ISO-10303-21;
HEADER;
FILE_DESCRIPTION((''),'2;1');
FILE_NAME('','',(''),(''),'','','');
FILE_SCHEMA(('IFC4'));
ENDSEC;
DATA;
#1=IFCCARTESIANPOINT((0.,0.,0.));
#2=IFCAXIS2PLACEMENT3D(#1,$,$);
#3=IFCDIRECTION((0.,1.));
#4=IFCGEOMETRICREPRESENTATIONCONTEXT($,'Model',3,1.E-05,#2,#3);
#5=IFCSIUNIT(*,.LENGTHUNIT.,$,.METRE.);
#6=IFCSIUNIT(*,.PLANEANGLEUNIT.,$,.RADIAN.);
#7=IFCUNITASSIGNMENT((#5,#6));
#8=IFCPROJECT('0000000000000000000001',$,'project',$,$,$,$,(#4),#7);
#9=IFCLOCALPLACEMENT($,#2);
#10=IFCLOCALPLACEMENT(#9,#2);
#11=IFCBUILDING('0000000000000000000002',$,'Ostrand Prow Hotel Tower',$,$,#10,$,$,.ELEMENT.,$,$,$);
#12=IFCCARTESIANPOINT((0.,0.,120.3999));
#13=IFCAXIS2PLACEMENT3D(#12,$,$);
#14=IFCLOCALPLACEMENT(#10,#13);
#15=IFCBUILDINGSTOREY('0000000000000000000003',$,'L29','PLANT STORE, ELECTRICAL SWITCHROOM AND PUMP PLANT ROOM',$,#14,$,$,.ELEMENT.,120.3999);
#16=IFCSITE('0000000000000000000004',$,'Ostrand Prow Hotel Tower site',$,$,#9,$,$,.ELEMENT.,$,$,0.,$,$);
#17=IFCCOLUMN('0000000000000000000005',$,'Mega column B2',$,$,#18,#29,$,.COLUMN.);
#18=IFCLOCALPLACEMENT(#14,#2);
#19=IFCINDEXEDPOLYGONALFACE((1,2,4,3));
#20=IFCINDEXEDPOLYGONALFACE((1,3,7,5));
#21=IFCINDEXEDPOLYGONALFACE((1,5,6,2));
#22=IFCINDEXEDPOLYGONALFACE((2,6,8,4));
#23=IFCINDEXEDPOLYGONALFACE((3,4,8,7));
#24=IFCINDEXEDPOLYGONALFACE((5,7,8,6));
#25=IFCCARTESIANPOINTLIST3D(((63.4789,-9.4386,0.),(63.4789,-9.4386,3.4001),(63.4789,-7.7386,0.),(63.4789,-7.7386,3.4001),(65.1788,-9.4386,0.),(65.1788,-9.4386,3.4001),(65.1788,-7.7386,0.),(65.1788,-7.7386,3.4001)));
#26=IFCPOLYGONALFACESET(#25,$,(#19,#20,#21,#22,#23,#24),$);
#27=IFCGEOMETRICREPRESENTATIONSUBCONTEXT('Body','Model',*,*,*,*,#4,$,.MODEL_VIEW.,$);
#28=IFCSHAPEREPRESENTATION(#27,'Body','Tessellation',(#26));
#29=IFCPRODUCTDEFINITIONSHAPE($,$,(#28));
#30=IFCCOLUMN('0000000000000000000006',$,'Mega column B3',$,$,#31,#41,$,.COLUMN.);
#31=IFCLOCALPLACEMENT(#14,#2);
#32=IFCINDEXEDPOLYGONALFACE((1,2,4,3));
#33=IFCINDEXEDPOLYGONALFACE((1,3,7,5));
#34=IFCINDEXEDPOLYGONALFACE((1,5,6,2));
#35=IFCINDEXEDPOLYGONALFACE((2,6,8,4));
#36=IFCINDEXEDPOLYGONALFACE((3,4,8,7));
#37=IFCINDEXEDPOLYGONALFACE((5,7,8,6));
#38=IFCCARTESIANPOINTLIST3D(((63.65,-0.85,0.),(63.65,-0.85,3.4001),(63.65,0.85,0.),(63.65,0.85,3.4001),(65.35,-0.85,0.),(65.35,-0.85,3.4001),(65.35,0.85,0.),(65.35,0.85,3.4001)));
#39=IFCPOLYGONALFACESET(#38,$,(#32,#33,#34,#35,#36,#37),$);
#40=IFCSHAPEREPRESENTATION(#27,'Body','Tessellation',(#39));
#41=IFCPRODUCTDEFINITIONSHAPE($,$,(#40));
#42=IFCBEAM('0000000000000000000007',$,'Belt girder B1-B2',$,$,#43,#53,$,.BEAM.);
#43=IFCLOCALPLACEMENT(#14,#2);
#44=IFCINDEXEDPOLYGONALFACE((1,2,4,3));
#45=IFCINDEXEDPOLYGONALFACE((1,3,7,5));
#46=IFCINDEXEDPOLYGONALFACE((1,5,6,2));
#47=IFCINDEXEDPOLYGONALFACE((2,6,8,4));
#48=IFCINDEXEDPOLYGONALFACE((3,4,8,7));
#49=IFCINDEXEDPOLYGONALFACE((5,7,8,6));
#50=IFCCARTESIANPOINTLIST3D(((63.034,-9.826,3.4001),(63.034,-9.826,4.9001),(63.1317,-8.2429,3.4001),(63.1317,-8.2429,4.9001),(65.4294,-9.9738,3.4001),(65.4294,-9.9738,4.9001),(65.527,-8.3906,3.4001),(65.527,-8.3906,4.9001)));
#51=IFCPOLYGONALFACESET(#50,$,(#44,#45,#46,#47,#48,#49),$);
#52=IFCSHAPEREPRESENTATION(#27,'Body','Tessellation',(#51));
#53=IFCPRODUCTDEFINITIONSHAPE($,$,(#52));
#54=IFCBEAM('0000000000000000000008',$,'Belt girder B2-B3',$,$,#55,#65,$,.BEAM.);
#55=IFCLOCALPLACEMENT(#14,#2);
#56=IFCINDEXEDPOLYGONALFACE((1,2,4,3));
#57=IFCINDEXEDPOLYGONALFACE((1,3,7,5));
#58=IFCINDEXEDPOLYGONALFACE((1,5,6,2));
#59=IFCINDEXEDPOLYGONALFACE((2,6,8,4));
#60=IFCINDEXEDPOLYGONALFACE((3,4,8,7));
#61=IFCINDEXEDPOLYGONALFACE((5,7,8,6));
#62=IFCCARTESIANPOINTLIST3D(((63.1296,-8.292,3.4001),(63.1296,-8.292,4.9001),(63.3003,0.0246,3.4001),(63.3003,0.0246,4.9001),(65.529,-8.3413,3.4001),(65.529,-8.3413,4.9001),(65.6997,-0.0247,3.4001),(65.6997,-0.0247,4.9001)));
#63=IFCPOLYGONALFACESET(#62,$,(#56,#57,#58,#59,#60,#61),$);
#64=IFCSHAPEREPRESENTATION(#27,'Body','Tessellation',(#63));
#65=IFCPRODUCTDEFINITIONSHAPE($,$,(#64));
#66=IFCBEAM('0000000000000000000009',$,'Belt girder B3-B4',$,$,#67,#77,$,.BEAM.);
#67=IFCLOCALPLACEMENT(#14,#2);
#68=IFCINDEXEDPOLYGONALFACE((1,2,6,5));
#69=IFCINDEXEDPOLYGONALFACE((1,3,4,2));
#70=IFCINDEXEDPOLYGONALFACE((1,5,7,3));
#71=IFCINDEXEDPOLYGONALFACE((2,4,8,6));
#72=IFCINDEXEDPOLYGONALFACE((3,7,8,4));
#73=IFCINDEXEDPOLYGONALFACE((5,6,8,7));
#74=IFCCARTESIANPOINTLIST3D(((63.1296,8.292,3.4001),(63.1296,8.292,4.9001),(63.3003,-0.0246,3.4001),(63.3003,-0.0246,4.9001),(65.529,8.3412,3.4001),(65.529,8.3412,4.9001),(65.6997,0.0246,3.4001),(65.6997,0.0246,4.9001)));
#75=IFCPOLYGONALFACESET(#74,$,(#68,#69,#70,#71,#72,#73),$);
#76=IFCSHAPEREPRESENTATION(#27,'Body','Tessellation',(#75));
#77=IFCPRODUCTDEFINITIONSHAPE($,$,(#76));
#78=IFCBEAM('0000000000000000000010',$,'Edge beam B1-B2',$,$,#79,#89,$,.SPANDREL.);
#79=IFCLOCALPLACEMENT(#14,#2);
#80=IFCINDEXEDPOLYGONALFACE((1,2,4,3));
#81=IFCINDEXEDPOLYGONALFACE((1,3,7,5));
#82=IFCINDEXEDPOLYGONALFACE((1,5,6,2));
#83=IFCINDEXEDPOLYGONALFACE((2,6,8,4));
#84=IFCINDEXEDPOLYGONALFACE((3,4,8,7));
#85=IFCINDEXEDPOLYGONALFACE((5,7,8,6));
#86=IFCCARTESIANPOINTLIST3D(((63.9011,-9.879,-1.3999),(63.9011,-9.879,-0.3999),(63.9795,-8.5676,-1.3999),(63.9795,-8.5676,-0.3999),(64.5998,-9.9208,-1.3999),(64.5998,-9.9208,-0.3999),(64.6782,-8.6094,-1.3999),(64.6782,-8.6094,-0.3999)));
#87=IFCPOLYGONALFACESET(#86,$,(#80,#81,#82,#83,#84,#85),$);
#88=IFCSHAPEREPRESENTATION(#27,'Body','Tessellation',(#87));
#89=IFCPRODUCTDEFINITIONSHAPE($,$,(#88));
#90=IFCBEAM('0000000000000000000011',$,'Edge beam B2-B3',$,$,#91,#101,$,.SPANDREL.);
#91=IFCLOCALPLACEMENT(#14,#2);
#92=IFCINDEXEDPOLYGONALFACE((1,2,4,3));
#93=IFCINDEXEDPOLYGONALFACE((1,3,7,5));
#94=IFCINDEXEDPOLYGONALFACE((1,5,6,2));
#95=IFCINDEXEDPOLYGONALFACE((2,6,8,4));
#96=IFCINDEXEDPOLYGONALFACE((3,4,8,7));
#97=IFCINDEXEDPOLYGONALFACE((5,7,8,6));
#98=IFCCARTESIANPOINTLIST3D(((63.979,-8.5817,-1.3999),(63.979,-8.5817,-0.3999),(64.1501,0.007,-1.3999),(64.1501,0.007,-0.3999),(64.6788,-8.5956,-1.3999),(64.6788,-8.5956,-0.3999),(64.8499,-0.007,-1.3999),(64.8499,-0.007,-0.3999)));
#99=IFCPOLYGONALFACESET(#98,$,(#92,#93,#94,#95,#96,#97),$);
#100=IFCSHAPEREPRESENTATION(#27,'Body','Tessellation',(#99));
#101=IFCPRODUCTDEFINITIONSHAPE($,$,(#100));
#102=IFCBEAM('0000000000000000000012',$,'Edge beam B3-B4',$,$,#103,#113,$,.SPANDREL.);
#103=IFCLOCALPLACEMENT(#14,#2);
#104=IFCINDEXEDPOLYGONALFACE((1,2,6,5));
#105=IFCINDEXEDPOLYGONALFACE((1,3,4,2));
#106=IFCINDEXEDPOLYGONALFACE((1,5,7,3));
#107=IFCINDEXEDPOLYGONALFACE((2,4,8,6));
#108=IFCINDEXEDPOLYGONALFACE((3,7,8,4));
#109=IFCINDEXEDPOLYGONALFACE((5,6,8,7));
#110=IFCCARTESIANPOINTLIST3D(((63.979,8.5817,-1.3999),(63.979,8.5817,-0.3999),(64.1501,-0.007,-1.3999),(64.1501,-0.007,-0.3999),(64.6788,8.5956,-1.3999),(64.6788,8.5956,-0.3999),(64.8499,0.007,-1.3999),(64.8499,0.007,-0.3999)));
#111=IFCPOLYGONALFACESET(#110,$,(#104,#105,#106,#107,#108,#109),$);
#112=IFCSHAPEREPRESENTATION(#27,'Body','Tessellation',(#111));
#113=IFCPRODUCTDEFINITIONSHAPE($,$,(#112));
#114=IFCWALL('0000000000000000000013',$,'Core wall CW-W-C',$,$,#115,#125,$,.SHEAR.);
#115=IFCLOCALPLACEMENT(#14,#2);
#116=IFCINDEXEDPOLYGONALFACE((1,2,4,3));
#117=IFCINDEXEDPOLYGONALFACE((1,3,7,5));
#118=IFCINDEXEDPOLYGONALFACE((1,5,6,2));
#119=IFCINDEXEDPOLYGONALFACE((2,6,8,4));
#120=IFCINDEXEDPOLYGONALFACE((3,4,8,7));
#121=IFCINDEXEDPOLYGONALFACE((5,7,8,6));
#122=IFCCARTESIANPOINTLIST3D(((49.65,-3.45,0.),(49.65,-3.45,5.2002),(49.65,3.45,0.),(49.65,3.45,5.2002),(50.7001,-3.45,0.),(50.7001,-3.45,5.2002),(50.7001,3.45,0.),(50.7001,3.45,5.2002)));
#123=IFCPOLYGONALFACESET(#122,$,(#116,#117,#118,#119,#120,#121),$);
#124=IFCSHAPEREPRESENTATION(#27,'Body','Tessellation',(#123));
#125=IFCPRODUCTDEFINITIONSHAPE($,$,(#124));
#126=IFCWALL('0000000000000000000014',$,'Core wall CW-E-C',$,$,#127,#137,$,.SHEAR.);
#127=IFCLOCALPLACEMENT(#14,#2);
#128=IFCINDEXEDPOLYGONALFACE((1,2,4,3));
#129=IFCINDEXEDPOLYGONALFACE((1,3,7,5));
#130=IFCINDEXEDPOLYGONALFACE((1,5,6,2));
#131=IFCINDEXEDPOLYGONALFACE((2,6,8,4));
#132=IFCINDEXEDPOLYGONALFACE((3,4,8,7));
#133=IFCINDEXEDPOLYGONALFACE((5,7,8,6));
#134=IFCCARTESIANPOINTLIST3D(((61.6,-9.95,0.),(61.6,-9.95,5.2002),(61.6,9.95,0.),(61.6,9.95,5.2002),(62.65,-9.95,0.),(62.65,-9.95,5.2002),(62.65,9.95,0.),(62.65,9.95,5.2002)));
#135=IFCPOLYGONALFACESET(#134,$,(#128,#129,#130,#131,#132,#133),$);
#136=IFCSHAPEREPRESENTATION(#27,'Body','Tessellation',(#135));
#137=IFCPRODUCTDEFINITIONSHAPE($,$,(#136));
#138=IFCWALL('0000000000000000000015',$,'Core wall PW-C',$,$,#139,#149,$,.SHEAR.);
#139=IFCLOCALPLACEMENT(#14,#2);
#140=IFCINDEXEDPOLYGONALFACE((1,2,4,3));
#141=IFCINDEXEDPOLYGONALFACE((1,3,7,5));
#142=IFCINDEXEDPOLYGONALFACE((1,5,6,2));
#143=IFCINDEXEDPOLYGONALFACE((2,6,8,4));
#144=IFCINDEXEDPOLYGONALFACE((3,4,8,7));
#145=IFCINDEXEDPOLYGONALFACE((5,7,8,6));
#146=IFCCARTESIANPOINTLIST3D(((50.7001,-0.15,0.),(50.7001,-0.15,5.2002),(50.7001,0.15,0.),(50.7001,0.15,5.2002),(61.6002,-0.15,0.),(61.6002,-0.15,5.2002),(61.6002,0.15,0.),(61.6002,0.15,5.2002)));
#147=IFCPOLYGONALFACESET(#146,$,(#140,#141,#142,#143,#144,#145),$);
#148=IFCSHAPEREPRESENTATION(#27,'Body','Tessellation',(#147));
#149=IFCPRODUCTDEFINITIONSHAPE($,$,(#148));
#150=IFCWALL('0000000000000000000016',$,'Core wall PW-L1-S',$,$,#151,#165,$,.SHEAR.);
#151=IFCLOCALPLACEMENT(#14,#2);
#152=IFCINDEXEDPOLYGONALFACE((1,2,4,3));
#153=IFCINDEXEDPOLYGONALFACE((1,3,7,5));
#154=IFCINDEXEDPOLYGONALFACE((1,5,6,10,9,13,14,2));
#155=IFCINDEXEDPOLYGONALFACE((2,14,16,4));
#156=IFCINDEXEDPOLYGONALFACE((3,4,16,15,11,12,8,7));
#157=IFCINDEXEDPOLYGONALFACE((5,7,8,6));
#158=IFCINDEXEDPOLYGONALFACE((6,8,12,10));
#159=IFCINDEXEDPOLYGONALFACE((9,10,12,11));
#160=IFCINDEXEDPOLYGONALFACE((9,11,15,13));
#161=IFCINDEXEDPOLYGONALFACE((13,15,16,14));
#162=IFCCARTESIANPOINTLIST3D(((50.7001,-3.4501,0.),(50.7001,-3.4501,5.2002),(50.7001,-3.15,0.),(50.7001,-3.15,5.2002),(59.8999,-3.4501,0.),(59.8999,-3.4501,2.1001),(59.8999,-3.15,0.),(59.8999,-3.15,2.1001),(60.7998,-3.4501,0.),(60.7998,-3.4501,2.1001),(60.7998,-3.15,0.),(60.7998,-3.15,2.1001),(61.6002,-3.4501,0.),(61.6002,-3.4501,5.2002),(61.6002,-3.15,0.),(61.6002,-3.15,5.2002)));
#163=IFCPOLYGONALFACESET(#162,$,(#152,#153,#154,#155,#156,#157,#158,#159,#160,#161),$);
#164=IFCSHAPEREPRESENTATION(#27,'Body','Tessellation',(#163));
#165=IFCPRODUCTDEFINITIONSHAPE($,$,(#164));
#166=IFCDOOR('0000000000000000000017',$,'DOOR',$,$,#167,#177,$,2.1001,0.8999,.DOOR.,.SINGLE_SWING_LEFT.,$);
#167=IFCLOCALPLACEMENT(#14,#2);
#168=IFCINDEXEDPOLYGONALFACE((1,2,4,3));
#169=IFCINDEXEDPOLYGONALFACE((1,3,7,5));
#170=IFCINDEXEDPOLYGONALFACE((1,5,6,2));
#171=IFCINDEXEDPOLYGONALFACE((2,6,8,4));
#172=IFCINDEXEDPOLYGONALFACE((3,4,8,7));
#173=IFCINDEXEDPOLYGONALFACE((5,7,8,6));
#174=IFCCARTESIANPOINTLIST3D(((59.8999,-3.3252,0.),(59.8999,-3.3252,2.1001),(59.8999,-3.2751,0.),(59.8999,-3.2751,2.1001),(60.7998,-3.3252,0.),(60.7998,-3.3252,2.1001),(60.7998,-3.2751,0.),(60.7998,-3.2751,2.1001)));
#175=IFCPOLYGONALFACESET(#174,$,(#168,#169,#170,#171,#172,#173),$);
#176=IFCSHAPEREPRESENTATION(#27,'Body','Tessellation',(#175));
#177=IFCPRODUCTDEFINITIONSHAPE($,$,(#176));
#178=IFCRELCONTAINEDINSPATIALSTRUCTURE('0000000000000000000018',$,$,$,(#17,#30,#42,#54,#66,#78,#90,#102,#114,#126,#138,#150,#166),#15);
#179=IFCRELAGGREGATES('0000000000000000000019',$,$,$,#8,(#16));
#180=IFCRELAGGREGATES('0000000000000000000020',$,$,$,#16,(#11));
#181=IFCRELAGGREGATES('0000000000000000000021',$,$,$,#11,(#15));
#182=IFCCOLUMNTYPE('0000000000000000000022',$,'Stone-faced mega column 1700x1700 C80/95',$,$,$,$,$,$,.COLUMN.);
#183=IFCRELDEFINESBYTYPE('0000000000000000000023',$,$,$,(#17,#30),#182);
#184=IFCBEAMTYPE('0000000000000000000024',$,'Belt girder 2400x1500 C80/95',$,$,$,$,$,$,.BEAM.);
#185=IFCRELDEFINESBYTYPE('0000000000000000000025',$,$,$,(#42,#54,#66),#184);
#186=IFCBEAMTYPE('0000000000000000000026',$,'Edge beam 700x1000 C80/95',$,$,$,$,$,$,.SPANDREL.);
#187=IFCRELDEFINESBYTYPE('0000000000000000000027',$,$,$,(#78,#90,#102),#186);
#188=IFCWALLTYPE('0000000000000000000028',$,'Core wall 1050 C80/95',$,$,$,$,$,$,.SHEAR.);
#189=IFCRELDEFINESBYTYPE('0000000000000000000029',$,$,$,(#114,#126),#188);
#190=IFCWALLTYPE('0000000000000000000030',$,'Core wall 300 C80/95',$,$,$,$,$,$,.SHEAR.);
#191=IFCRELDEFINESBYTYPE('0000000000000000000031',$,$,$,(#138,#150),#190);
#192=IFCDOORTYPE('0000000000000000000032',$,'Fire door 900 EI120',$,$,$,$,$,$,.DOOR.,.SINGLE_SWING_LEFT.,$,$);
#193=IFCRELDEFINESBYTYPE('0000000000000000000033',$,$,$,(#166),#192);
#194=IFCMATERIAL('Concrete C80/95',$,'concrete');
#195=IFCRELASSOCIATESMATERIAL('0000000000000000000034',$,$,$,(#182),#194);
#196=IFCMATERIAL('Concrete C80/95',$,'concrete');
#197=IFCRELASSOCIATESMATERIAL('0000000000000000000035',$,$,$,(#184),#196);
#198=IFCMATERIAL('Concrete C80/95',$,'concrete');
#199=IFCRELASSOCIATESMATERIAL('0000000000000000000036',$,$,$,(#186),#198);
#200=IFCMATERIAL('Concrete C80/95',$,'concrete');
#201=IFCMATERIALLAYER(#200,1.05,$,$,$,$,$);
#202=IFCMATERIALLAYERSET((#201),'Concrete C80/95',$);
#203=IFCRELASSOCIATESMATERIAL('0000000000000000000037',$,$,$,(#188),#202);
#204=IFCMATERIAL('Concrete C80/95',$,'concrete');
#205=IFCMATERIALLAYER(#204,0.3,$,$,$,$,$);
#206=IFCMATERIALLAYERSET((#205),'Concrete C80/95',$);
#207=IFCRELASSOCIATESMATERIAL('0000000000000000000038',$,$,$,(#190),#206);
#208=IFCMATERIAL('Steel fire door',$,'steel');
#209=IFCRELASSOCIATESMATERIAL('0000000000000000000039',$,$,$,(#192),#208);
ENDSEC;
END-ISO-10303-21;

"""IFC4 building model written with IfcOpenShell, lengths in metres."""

from ifc_helpers import new_model, si_unit, direction, frame, frame_2d, origin, origin_2d, place, context, subcontext, project, spatial, rectangle, extrude, material, layer, layer_set, material_profile, profile_set, type_object, element, fill, save


model = new_model("IFC4")

# Units and contexts
model_context = context("Model", 3, precision=1e-05, world=origin(), true_north=direction((0.0, 1.0)))
body_context = subcontext(model_context, "Body", "Model", "MODEL_VIEW")
ifc_project = project(units=[si_unit("LENGTHUNIT", "METRE"), si_unit("PLANEANGLEUNIT", "RADIAN")], contexts=[model_context])

# Site, building, storey
site_placement = place(None, origin())
site = spatial("IfcSite", under=ifc_project, at=site_placement, Name="Ostrand Prow Hotel Tower site", CompositionType="ELEMENT", RefElevation=0.0)
building_placement = place(site_placement, origin())
building = spatial("IfcBuilding", under=site, at=building_placement, Name="Ostrand Prow Hotel Tower", CompositionType="ELEMENT")
storey_placement = place(building_placement, frame((0.0, 0.0, 120.3999)))
storey = spatial("IfcBuildingStorey", under=building, at=storey_placement, Name="L29", Description="PLANT STORE, ELECTRICAL SWITCHROOM AND PUMP PLANT ROOM", CompositionType="ELEMENT", Elevation=120.3999)

# Columns
ifc_material_1 = material(Name="Concrete C80/95", Category="concrete")
ifc_material_profile_1 = material_profile(ifc_material_1, rectangle(XDim=1.7, YDim=1.7, at=origin_2d()), Name="RC 1700x1700")
ifc_profile_set_1 = profile_set([ifc_material_profile_1], Name="Concrete C80/95")
column_type = type_object("IfcColumnType", Name="Stone-faced mega column 1700x1700 C80/95", PredefinedType="COLUMN", material=ifc_profile_set_1)
for number, where, z_axis, x_axis, name in (
    (1, (64.3289, -8.5886, 0.0), (0.0, 0.0, 1.0), (1.0, 0.0, 0.0), "Mega column B2"),
    (2, (64.5, 0.0, 0.0), (0.0, 0.0, 1.0), (1.0, 0.0, 0.0), "Mega column B3"),
):
    element("IfcColumn", number, at=place(storey_placement, frame(where, z_axis=z_axis, x_axis=x_axis)), inside=storey, type_object=column_type, Name=name, PredefinedType="COLUMN", context=body_context, shape_type="SweptSolid", body=[
        extrude(rectangle(XDim=1.7, YDim=1.7, at=origin_2d()), origin(), (0.0, 0.0, 1.0), 3.4001),
    ])

# Beams
ifc_material_2 = material(Name="Concrete C80/95", Category="concrete")
ifc_material_profile_2 = material_profile(ifc_material_2, rectangle(XDim=2.3999, YDim=1.5, at=origin_2d()), Name="RC 2400x1500")
ifc_profile_set_2 = profile_set([ifc_material_profile_2], Name="Concrete C80/95")
beam_type_1 = type_object("IfcBeamType", Name="Belt girder 2400x1500 C80/95", PredefinedType="BEAM", material=ifc_profile_set_2)
beam_1_placement = place(storey_placement, frame((64.2317, -9.8999, 4.1501), z_axis=(0.061564, 0.998103, 0.0), x_axis=(-0.998103, 0.061564, 0.0)))
element("IfcBeam", 3, at=beam_1_placement, inside=storey, type_object=beam_type_1, Name="Belt girder B1-B2", PredefinedType="BEAM", context=body_context, shape_type="SweptSolid", body=[
    extrude(rectangle(XDim=2.3999, YDim=1.5, at=origin_2d()), origin(), (0.0, 0.0, 1.0), 1.5862),
])
for number, where, z_axis, x_axis, name in (
    (4, (64.3293, -8.3167, 4.1501), (0.020515, 0.99979, 0.0), (-0.99979, 0.020515, 0.0), "Belt girder B2-B3"),
    (5, (64.5, 0.0, 4.1501), (-0.020515, 0.99979, 0.0), (-0.99979, -0.020515, 0.0), "Belt girder B3-B4"),
):
    element("IfcBeam", number, at=place(storey_placement, frame(where, z_axis=z_axis, x_axis=x_axis)), inside=storey, type_object=beam_type_1, Name=name, PredefinedType="BEAM", context=body_context, shape_type="SweptSolid", body=[
        extrude(rectangle(XDim=2.3999, YDim=1.5, at=origin_2d()), origin(), (0.0, 0.0, 1.0), 8.3184),
    ])
ifc_material_3 = material(Name="Concrete C80/95", Category="concrete")
ifc_material_profile_3 = material_profile(ifc_material_3, rectangle(XDim=0.7, YDim=1.0, at=origin_2d()), Name="RC 700x1000")
ifc_profile_set_3 = profile_set([ifc_material_profile_3], Name="Concrete C80/95")
beam_type_2 = type_object("IfcBeamType", Name="Edge beam 700x1000 C80/95", PredefinedType="SPANDREL", material=ifc_profile_set_3)
beam_2_placement = place(storey_placement, frame((64.2505, -9.8999, -0.8999), z_axis=(0.059659, 0.998219, 0.0), x_axis=(-0.998219, 0.059659, 0.0)))
element("IfcBeam", 6, at=beam_2_placement, inside=storey, type_object=beam_type_2, Name="Edge beam B1-B2", PredefinedType="SPANDREL", context=body_context, shape_type="SweptSolid", body=[
    extrude(rectangle(XDim=0.7, YDim=1.0, at=origin_2d()), origin(), (0.0, 0.0, 1.0), 1.3137),
])
for number, where, z_axis, x_axis, name in (
    (7, (64.3289, -8.5886, -0.8999), (0.019923, 0.999802, 0.0), (-0.999802, 0.019923, 0.0), "Edge beam B2-B3"),
    (8, (64.5, 0.0, -0.8999), (-0.019923, 0.999802, 0.0), (-0.999802, -0.019923, 0.0), "Edge beam B3-B4"),
):
    element("IfcBeam", number, at=place(storey_placement, frame(where, z_axis=z_axis, x_axis=x_axis)), inside=storey, type_object=beam_type_2, Name=name, PredefinedType="SPANDREL", context=body_context, shape_type="SweptSolid", body=[
        extrude(rectangle(XDim=0.7, YDim=1.0, at=origin_2d()), origin(), (0.0, 0.0, 1.0), 8.5903),
    ])

# Walls
ifc_material_4 = material(Name="Concrete C80/95", Category="concrete")
ifc_layer_1 = layer(ifc_material_4, 1.05)
ifc_layer_set_1 = layer_set([ifc_layer_1], Name="Concrete C80/95")
wall_type_1 = type_object("IfcWallType", Name="Core wall 1050 C80/95", PredefinedType="SHEAR", material=ifc_layer_set_1)
wall_1_placement = place(storey_placement, frame((50.175, -3.45, 0.0), z_axis=(0.0, 0.0, 1.0), x_axis=(0.0, 1.0, 0.0)))
element("IfcWall", 9, at=wall_1_placement, inside=storey, type_object=wall_type_1, Name="Core wall CW-W-C", PredefinedType="SHEAR", context=body_context, shape_type="SweptSolid", body=[
    extrude(rectangle(XDim=6.8999, YDim=1.05, at=frame_2d((3.45, 0.0))), origin(), (0.0, 0.0, 1.0), 5.2002),
])
wall_2_placement = place(storey_placement, frame((62.125, -9.95, 0.0), z_axis=(0.0, 0.0, 1.0), x_axis=(0.0, 1.0, 0.0)))
element("IfcWall", 10, at=wall_2_placement, inside=storey, type_object=wall_type_1, Name="Core wall CW-E-C", PredefinedType="SHEAR", context=body_context, shape_type="SweptSolid", body=[
    extrude(rectangle(XDim=19.8999, YDim=1.05, at=frame_2d((9.95, 0.0))), origin(), (0.0, 0.0, 1.0), 5.2002),
])
ifc_material_5 = material(Name="Concrete C80/95", Category="concrete")
ifc_layer_2 = layer(ifc_material_5, 0.3)
ifc_layer_set_2 = layer_set([ifc_layer_2], Name="Concrete C80/95")
wall_type_2 = type_object("IfcWallType", Name="Core wall 300 C80/95", PredefinedType="SHEAR", material=ifc_layer_set_2)
wall_3_placement = place(storey_placement, frame((50.7, 0.0, 0.0), z_axis=(0.0, 0.0, 1.0), x_axis=(1.0, 0.0, 0.0)))
element("IfcWall", 11, at=wall_3_placement, inside=storey, type_object=wall_type_2, Name="Core wall PW-C", PredefinedType="SHEAR", context=body_context, shape_type="SweptSolid", body=[
    extrude(rectangle(XDim=10.9001, YDim=0.3, at=frame_2d((5.4502, 0.0))), origin(), (0.0, 0.0, 1.0), 5.2002),
])

# Wall, opening, door
wall_4_placement = place(storey_placement, frame((50.7, -3.3, 0.0), z_axis=(0.0, 0.0, 1.0), x_axis=(1.0, 0.0, 0.0)))
wall_4 = element("IfcWall", 12, at=wall_4_placement, inside=storey, type_object=wall_type_2, Name="Core wall PW-L1-S", PredefinedType="SHEAR", context=body_context, shape_type="SweptSolid", body=[
    extrude(rectangle(XDim=10.9001, YDim=0.3, at=frame_2d((5.4502, 0.0))), origin(), (0.0, 0.0, 1.0), 5.2002),
])
opening_1_placement = place(wall_4_placement, frame((9.2, 0.0, 0.0)))
opening_1 = element("IfcOpeningElement", 13, at=opening_1_placement, cuts=wall_4, PredefinedType="OPENING", context=body_context, shape_type="SweptSolid", body=[
    extrude(rectangle(XDim=0.8999, YDim=2.1001, at=frame_2d((0.45, 1.05))), frame((0.0, 0.1599, 0.0), z_axis=(0.0, -1.0, 0.0), x_axis=(1.0, 0.0, 0.0)), (0.0, 0.0, 1.0), 0.3201),
])
ifc_material_6 = material(Name="Steel fire door", Category="steel")
door_type_1 = type_object("IfcDoorType", Name="Fire door 900 EI120", OperationType="SINGLE_SWING_LEFT", PredefinedType="DOOR", material=ifc_material_6)
door_1_placement = place(opening_1_placement, origin())
door_1 = element("IfcDoor", 14, at=door_1_placement, inside=storey, type_object=door_type_1, Name="DOOR", OperationType="SINGLE_SWING_LEFT", OverallHeight=2.1001, OverallWidth=0.8999, PredefinedType="DOOR", context=body_context, shape_type="SweptSolid", body=[
    extrude(rectangle(XDim=0.8999, YDim=2.1001, at=frame_2d((0.45, 1.05))), frame((0.0, 0.0249, 0.0), z_axis=(0.0, -1.0, 0.0), x_axis=(1.0, 0.0, 0.0)), (0.0, 0.0, 1.0), 0.05),
])
fill(opening_1, door_1)

save(model, "model.ifc")
